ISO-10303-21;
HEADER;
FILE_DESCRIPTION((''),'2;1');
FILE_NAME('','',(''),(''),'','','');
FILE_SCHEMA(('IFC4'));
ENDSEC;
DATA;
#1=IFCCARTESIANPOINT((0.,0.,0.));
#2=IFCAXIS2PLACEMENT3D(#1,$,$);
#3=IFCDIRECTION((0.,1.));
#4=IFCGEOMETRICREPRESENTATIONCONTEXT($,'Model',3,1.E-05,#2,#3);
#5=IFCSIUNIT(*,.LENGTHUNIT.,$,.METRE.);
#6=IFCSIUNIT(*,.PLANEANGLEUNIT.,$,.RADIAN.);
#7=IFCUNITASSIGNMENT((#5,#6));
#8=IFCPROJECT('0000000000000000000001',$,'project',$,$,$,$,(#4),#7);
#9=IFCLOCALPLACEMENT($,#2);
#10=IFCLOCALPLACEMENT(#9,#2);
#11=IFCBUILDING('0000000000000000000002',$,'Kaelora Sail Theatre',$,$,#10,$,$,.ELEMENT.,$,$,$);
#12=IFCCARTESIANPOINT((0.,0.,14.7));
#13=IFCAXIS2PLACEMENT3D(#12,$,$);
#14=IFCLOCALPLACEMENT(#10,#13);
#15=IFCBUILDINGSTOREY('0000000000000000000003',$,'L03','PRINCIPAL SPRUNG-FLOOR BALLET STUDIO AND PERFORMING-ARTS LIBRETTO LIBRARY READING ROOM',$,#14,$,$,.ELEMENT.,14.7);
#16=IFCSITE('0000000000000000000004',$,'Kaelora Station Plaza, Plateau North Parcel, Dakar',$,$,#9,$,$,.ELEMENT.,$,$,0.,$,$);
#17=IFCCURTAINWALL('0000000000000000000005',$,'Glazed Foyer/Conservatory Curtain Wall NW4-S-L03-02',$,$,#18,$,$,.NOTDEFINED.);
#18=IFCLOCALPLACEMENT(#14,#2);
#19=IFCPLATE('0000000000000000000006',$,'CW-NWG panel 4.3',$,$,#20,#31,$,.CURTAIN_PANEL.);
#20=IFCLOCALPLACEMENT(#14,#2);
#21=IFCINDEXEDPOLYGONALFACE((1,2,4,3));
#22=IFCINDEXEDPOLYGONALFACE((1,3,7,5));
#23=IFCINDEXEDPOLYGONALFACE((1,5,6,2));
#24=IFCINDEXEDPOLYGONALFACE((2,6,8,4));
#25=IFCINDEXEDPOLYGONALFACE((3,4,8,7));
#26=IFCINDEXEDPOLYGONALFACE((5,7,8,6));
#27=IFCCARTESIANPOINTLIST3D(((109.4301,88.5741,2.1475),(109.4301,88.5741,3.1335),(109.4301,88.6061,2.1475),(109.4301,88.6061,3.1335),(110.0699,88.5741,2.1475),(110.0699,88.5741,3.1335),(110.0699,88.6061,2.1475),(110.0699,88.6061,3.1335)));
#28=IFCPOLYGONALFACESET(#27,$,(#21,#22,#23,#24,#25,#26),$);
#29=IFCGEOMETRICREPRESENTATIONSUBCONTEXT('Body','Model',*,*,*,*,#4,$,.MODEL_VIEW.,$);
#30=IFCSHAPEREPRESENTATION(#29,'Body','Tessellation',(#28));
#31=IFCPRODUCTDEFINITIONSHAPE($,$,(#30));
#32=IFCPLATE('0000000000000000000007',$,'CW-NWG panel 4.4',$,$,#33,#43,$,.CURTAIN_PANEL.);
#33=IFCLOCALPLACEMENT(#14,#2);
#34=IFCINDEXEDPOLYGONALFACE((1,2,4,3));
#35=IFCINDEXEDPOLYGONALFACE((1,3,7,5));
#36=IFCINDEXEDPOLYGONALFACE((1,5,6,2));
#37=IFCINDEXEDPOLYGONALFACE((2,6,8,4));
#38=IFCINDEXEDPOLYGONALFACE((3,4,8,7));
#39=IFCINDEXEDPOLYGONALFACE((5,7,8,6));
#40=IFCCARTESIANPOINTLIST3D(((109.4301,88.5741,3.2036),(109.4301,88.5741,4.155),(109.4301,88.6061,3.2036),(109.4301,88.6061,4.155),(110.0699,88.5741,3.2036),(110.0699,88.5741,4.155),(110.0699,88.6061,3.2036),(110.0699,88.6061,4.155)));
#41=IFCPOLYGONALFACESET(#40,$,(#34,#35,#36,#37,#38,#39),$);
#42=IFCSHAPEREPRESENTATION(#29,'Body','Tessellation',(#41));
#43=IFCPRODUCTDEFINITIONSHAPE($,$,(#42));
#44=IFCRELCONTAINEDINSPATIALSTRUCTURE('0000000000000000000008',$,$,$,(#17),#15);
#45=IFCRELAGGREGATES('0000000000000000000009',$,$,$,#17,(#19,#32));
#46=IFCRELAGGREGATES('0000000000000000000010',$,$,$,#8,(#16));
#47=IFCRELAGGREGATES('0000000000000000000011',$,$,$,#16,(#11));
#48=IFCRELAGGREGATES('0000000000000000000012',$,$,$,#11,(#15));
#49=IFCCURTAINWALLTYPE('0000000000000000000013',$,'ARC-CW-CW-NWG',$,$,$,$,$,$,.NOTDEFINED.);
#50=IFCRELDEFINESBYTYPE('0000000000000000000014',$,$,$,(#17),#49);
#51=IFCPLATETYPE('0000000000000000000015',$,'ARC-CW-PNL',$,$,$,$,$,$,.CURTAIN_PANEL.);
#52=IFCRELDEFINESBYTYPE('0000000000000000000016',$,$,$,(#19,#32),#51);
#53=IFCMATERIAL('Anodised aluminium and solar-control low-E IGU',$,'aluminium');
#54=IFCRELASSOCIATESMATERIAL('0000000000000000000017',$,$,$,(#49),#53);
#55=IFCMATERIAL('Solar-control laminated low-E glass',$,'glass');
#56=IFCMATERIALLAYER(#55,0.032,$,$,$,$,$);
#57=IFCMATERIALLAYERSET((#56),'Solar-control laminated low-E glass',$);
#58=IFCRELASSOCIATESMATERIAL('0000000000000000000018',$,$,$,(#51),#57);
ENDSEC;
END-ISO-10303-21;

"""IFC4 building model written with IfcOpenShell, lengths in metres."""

from ifc_helpers import new_model, si_unit, direction, frame, origin, origin_2d, place, context, subcontext, project, spatial, rectangle, extrude, material, layer, layer_set, type_object, element, aggregate, save


model = new_model("IFC4")

# Units and contexts
model_context = context("Model", 3, precision=1e-05, world=origin(), true_north=direction((0.0, 1.0)))
body_context = subcontext(model_context, "Body", "Model", "MODEL_VIEW")
ifc_project = project(units=[si_unit("LENGTHUNIT", "METRE"), si_unit("PLANEANGLEUNIT", "RADIAN")], contexts=[model_context])

# Site, building, storey
site_placement = place(None, origin())
site = spatial("IfcSite", under=ifc_project, at=site_placement, Name="Kaelora Station Plaza, Plateau North Parcel, Dakar", CompositionType="ELEMENT", RefElevation=0.0)
building_placement = place(site_placement, origin())
building = spatial("IfcBuilding", under=site, at=building_placement, Name="Kaelora Sail Theatre", CompositionType="ELEMENT")
storey_placement = place(building_placement, frame((0.0, 0.0, 14.7)))
storey = spatial("IfcBuildingStorey", under=building, at=storey_placement, Name="L03", Description="PRINCIPAL SPRUNG-FLOOR BALLET STUDIO AND PERFORMING-ARTS LIBRETTO LIBRARY READING ROOM", CompositionType="ELEMENT", Elevation=14.7)

# Curtain wall, plates
ifc_material_1 = material(Name="Anodised aluminium and solar-control low-E IGU", Category="aluminium")
curtain_wall_type = type_object("IfcCurtainWallType", Name="ARC-CW-CW-NWG", PredefinedType="NOTDEFINED", material=ifc_material_1)
curtain_wall_placement = place(storey_placement, origin())
curtain_wall = element("IfcCurtainWall", 1, at=curtain_wall_placement, inside=storey, type_object=curtain_wall_type, Name="Glazed Foyer/Conservatory Curtain Wall NW4-S-L03-02", PredefinedType="NOTDEFINED")
ifc_material_2 = material(Name="Solar-control laminated low-E glass", Category="glass")
ifc_layer = layer(ifc_material_2, 0.032)
ifc_layer_set = layer_set([ifc_layer], Name="Solar-control laminated low-E glass")
plate_type = type_object("IfcPlateType", Name="ARC-CW-PNL", PredefinedType="CURTAIN_PANEL", material=ifc_layer_set)
plate_1_placement = place(storey_placement, frame((109.75, 88.5901, 2.1475), z_axis=(0.0, 0.0, 1.0), x_axis=(1.0, 0.0, 0.0)))
plate_1 = element("IfcPlate", 2, at=plate_1_placement, type_object=plate_type, Name="CW-NWG panel 4.3", PredefinedType="CURTAIN_PANEL", context=body_context, shape_type="SweptSolid", body=[
    extrude(rectangle(XDim=0.6399, YDim=0.032, at=origin_2d()), origin(), (0.0, 0.0, 1.0), 0.9861),
])
plate_2_placement = place(storey_placement, frame((109.75, 88.5901, 3.2036), z_axis=(0.0, 0.0, 1.0), x_axis=(1.0, 0.0, 0.0)))
plate_2 = element("IfcPlate", 3, at=plate_2_placement, type_object=plate_type, Name="CW-NWG panel 4.4", PredefinedType="CURTAIN_PANEL", context=body_context, shape_type="SweptSolid", body=[
    extrude(rectangle(XDim=0.6399, YDim=0.032, at=origin_2d()), origin(), (0.0, 0.0, 1.0), 0.9514),
])
aggregate(curtain_wall, [plate_1, plate_2])

save(model, "model.ifc")
